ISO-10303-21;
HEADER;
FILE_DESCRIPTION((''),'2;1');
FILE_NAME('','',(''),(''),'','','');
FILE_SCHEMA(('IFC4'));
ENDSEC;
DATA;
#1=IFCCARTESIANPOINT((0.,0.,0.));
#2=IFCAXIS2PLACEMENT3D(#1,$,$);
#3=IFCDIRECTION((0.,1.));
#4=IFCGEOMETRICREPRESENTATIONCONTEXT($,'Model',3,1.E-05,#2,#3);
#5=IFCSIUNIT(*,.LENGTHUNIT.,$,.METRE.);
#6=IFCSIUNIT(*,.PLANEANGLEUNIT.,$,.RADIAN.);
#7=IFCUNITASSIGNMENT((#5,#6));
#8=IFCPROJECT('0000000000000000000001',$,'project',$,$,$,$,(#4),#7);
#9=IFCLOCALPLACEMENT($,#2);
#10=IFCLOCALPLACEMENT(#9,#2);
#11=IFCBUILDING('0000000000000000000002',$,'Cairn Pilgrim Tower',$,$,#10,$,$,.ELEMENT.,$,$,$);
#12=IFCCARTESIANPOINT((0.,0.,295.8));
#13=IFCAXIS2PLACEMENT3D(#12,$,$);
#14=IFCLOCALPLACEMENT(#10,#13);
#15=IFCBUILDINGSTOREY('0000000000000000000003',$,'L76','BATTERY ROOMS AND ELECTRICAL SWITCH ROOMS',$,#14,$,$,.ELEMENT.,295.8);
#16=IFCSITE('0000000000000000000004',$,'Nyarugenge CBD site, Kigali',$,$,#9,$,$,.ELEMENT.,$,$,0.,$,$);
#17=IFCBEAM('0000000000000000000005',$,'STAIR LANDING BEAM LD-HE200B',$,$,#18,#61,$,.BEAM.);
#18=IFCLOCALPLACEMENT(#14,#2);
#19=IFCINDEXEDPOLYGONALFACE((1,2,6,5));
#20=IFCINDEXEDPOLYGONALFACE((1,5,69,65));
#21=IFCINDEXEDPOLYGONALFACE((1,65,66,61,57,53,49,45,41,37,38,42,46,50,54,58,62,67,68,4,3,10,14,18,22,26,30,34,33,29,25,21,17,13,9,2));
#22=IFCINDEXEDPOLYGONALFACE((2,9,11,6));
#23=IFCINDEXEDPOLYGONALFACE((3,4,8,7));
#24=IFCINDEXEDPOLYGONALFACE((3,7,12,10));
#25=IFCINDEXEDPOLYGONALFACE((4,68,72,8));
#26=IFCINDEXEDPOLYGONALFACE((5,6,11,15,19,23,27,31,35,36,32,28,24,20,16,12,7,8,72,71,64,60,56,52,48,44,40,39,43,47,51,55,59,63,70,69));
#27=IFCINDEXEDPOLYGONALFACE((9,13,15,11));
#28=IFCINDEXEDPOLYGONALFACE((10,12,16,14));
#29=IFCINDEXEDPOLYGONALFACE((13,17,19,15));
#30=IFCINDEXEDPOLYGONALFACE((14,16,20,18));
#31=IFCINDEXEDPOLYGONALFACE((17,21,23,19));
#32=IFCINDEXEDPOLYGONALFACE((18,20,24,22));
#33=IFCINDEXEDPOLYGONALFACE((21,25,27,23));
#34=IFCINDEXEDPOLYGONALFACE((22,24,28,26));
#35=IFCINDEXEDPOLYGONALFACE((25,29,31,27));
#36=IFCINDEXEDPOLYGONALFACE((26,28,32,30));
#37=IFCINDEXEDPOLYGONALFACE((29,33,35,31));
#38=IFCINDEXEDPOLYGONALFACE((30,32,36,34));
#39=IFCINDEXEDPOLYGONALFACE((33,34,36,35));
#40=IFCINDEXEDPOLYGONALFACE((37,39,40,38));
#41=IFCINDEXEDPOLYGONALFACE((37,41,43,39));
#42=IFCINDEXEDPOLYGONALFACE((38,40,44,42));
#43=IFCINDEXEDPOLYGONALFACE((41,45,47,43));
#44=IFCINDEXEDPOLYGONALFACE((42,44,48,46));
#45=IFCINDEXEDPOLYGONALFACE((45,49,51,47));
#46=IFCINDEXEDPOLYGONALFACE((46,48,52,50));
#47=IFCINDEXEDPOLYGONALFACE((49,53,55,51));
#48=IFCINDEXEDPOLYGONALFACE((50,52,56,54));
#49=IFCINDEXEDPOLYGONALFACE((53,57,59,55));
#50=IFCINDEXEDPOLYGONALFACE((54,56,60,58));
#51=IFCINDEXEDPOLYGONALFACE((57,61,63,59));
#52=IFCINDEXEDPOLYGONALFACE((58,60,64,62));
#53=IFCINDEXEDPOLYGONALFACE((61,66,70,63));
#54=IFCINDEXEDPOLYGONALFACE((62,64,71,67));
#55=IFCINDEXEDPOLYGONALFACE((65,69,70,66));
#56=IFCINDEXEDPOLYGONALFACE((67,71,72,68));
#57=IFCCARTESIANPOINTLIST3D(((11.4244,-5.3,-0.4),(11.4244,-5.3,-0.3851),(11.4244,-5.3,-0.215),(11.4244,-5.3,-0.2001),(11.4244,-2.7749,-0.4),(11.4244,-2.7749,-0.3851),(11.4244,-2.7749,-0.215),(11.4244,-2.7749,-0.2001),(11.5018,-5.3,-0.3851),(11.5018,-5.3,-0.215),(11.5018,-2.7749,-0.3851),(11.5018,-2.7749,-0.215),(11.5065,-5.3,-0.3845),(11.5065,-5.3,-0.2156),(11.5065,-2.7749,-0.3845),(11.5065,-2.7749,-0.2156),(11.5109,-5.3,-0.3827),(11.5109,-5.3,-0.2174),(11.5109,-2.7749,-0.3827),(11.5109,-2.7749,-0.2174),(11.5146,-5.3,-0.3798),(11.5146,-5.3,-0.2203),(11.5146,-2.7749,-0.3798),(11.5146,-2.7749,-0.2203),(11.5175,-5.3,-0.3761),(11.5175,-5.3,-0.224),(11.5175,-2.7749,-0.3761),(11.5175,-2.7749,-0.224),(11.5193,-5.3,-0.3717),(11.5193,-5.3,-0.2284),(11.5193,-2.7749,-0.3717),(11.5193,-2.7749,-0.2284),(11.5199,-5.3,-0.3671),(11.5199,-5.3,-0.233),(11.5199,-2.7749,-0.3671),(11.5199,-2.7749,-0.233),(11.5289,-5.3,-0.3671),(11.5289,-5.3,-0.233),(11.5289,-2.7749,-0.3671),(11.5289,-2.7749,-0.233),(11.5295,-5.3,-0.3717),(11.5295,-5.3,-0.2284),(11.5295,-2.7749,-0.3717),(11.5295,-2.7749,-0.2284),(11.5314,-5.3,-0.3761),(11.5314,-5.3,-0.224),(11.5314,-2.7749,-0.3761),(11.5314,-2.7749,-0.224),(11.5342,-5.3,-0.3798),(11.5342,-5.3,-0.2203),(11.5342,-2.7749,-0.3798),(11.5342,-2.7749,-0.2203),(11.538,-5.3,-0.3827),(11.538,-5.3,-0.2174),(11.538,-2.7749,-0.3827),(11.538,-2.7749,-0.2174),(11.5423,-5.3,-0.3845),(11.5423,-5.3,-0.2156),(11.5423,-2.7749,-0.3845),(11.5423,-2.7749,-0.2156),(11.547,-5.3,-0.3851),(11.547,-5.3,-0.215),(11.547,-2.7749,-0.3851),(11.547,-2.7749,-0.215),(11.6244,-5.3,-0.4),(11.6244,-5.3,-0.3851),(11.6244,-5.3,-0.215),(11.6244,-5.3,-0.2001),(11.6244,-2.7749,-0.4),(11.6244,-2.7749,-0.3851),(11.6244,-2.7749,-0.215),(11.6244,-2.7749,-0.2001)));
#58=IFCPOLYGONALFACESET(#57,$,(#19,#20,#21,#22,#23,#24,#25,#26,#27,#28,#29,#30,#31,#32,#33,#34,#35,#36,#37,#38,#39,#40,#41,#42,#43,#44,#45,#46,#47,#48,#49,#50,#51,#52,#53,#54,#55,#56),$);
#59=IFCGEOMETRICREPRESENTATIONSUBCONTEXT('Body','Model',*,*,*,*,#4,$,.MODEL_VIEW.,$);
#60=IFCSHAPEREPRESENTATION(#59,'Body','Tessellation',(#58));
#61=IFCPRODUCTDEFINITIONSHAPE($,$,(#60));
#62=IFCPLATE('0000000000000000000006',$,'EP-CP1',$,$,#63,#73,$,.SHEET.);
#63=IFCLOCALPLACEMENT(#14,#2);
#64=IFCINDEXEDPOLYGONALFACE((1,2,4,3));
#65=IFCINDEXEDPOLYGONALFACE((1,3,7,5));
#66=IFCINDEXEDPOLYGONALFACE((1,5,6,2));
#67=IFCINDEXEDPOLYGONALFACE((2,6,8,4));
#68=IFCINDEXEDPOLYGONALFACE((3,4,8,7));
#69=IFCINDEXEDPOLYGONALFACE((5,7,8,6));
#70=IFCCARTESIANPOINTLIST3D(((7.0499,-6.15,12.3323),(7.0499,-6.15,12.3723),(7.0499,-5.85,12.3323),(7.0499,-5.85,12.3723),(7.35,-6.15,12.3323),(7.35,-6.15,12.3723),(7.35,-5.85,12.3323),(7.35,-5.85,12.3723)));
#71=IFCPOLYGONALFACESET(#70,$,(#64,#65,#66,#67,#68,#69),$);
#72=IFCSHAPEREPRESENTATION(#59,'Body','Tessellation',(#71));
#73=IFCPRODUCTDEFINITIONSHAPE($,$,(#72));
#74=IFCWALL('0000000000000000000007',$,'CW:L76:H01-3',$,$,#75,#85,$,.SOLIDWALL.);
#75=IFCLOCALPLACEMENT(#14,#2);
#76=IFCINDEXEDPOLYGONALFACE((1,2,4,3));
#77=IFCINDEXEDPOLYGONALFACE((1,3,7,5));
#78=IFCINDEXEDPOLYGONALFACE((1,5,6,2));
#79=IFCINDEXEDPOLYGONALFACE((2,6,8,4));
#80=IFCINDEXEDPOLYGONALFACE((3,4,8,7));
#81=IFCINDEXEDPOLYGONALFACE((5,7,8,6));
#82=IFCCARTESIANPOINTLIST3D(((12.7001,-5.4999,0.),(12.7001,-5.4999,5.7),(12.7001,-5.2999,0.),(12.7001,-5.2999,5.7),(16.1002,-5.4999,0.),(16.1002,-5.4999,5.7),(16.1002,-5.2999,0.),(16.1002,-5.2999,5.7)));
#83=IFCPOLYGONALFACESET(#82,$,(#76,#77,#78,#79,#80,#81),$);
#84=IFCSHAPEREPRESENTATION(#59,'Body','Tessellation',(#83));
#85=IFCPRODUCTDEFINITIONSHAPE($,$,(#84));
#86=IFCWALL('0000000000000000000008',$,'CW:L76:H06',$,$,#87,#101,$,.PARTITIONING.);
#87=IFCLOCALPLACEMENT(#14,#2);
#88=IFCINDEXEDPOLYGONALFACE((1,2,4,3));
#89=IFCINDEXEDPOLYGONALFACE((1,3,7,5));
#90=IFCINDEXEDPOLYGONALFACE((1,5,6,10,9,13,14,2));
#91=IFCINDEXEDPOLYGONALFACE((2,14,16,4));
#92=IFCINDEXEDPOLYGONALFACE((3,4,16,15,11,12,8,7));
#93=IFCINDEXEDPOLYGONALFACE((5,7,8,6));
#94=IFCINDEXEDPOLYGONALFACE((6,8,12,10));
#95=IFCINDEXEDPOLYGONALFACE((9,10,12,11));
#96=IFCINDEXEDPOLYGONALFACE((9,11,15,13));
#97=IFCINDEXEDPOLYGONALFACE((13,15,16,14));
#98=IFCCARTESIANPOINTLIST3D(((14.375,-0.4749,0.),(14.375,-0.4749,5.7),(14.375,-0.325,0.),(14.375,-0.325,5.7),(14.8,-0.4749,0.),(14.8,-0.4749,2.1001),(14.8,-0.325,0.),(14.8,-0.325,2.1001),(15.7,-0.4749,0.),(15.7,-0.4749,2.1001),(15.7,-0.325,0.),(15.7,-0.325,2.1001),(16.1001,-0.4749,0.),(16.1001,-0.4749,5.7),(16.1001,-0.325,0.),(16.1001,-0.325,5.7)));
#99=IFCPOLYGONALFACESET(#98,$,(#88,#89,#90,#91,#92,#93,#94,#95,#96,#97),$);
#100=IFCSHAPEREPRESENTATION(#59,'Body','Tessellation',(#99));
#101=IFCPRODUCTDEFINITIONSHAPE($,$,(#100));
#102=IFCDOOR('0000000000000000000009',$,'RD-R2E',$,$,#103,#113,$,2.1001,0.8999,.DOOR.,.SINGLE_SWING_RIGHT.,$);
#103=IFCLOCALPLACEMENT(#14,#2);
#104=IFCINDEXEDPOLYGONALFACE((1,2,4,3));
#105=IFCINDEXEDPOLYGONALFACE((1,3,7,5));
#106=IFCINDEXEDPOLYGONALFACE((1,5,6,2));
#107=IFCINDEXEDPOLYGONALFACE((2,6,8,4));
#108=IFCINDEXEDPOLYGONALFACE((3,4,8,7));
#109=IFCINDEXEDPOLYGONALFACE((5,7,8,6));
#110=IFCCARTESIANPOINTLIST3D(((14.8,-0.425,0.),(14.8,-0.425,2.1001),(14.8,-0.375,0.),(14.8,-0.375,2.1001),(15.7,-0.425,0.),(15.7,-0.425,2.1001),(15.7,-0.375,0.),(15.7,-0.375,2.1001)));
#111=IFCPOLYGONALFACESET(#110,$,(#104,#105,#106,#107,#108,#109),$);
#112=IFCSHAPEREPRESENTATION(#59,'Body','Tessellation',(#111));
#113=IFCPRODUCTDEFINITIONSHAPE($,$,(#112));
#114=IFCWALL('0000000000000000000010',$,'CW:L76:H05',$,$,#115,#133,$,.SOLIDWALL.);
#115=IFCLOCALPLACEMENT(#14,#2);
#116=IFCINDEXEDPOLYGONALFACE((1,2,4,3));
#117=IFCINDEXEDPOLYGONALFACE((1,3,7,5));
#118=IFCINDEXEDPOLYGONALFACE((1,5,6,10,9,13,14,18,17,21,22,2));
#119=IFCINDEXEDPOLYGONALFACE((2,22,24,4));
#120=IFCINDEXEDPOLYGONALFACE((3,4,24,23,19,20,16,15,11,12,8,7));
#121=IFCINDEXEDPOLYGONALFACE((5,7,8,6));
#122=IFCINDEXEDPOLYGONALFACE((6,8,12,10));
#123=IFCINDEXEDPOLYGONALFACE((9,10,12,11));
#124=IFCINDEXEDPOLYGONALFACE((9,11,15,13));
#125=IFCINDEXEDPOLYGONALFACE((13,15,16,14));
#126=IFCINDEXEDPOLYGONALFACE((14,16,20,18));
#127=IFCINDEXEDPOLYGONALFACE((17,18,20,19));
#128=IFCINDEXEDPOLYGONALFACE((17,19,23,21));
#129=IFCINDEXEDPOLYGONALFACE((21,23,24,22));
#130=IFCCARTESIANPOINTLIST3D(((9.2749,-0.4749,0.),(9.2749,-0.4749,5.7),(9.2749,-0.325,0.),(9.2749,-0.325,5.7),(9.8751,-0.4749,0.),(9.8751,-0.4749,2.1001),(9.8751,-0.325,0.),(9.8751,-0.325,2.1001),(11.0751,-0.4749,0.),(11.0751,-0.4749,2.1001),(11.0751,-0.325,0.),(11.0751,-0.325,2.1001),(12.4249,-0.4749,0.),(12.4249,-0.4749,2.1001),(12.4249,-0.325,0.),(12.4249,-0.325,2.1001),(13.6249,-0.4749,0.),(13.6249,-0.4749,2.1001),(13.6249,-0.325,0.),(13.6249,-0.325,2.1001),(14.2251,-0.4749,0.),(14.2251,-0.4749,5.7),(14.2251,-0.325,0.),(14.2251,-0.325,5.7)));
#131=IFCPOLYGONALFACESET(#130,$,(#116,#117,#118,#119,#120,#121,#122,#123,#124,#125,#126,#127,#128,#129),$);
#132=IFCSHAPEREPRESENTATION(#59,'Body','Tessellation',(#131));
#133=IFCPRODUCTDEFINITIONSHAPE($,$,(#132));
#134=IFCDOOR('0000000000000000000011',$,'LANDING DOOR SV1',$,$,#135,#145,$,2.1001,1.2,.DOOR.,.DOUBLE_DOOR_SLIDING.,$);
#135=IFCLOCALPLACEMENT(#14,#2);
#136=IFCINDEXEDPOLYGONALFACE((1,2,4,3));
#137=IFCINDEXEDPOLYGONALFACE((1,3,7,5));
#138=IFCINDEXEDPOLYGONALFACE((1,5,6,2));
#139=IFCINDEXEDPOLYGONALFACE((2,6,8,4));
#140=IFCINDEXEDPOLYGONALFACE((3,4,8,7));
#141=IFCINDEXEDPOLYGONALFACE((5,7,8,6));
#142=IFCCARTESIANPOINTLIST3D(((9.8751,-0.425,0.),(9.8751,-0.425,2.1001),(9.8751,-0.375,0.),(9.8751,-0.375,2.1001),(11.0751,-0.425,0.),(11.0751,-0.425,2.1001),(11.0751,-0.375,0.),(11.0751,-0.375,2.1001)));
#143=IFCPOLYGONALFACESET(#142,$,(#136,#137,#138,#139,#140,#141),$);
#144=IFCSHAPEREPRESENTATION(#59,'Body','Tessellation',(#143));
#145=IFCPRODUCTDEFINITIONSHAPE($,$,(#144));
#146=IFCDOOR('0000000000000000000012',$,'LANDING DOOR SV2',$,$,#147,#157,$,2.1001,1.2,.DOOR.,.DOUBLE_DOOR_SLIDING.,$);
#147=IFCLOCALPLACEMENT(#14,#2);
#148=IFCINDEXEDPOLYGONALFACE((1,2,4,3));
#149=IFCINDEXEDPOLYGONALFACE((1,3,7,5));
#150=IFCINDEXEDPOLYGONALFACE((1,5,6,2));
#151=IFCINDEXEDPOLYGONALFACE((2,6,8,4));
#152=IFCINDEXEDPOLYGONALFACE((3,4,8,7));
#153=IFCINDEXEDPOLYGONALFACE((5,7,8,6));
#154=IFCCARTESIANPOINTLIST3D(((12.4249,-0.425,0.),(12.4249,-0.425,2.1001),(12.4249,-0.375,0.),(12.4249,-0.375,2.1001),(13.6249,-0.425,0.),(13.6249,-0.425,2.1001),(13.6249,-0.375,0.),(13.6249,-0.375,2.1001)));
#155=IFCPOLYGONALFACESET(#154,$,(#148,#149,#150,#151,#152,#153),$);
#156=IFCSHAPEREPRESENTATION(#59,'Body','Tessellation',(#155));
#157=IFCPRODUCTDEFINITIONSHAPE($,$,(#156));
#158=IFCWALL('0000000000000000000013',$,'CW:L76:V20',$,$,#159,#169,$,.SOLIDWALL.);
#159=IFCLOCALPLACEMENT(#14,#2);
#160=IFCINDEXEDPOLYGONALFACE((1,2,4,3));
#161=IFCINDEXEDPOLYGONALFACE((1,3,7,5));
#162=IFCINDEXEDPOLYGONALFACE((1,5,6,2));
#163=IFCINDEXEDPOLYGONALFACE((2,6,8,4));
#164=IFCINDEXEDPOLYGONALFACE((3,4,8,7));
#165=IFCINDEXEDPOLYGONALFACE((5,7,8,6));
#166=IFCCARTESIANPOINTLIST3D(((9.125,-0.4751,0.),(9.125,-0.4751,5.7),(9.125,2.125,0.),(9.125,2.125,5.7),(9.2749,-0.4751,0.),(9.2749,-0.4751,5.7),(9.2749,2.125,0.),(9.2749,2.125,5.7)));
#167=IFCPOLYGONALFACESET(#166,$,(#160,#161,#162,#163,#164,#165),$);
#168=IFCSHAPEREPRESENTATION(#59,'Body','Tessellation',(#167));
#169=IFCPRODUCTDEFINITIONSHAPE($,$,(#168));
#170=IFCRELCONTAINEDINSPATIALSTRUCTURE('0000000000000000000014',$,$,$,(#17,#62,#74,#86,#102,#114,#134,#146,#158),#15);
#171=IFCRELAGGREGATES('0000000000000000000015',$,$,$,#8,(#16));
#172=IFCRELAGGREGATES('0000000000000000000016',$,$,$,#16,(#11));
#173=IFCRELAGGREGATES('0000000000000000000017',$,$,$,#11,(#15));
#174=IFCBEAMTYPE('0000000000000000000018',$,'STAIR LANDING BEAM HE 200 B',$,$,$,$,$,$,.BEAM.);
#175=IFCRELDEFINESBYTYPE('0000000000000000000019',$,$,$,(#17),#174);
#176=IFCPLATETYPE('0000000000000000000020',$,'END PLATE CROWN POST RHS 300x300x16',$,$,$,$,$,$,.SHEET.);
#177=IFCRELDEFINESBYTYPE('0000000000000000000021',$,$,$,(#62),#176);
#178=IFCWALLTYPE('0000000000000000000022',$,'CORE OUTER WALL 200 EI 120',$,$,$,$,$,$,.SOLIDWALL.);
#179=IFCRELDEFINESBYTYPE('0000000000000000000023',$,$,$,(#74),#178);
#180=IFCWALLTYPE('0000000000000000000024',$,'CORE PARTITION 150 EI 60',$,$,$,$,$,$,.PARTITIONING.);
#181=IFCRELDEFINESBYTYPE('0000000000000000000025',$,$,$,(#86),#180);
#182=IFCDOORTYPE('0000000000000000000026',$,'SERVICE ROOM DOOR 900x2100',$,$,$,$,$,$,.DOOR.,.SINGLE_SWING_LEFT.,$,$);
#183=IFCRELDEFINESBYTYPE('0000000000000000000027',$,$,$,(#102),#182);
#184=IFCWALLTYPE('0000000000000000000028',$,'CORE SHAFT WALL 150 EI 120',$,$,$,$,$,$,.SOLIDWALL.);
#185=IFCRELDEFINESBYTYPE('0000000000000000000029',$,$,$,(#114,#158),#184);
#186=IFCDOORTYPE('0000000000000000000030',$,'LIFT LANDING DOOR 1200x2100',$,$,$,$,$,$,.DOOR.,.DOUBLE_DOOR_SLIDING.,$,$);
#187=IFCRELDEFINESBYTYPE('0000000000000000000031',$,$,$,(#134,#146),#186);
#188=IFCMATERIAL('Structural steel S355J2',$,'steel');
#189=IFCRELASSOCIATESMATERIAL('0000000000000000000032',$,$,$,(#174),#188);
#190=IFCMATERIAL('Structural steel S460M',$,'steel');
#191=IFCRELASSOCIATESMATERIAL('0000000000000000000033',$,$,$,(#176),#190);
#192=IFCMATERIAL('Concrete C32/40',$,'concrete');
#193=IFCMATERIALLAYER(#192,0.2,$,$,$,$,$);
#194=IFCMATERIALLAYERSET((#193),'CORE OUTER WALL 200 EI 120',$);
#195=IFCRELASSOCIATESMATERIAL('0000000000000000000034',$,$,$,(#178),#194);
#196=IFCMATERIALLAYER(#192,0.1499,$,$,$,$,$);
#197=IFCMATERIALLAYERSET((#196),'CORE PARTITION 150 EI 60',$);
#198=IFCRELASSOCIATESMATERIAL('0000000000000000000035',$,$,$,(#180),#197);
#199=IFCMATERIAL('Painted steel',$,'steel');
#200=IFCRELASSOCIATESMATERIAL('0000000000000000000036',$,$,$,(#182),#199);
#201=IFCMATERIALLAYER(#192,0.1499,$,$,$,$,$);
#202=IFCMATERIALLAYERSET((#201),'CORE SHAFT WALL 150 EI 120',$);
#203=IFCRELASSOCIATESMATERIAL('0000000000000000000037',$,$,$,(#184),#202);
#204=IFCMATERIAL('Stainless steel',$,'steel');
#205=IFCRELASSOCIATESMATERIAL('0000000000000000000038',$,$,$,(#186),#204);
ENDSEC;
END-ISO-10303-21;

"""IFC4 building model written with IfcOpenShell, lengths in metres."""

from ifc_helpers import new_model, si_unit, direction, frame, frame_2d, origin, origin_2d, place, context, subcontext, project, spatial, rectangle, i_section, extrude, material, layer, layer_set, material_profile, profile_set, type_object, element, fill, save


model = new_model("IFC4")

# Units and contexts
model_context = context("Model", 3, precision=1e-05, world=origin(), true_north=direction((0.0, 1.0)))
body_context = subcontext(model_context, "Body", "Model", "MODEL_VIEW")
ifc_project = project(units=[si_unit("LENGTHUNIT", "METRE"), si_unit("PLANEANGLEUNIT", "RADIAN")], contexts=[model_context])

# Site, building, storey
site_placement = place(None, origin())
site = spatial("IfcSite", under=ifc_project, at=site_placement, Name="Nyarugenge CBD site, Kigali", CompositionType="ELEMENT", RefElevation=0.0)
building_placement = place(site_placement, origin())
building = spatial("IfcBuilding", under=site, at=building_placement, Name="Cairn Pilgrim Tower", CompositionType="ELEMENT")
storey_placement = place(building_placement, frame((0.0, 0.0, 295.8)))
storey = spatial("IfcBuildingStorey", under=building, at=storey_placement, Name="L76", Description="BATTERY ROOMS AND ELECTRICAL SWITCH ROOMS", CompositionType="ELEMENT", Elevation=295.8)

# Shared definitions
ifc_material_1 = material(Name="Structural steel S460M", Category="steel")
ifc_material_2 = material(Name="Structural steel S355J2", Category="steel")

# Beam
ifc_material_profile_1 = material_profile(ifc_material_2, i_section(OverallWidth=0.2, OverallDepth=0.2, WebThickness=0.009, FlangeThickness=0.0149, FilletRadius=0.0181, at=origin_2d()), Name="HE 200 B")
ifc_profile_set_1 = profile_set([ifc_material_profile_1], Name="Structural steel S355J2")
beam_type_1 = type_object("IfcBeamType", Name="STAIR LANDING BEAM HE 200 B", PredefinedType="BEAM", material=ifc_profile_set_1)
beam_1_placement = place(storey_placement, frame((11.5244, -2.7749, -0.3), z_axis=(0.0, -1.0, 0.0), x_axis=(1.0, 0.0, 0.0)))
element("IfcBeam", 1, at=beam_1_placement, inside=storey, type_object=beam_type_1, Name="STAIR LANDING BEAM LD-HE200B", PredefinedType="BEAM", context=body_context, shape_type="SweptSolid", body=[
    extrude(i_section(OverallWidth=0.2, OverallDepth=0.2, WebThickness=0.009, FlangeThickness=0.0149, FilletRadius=0.0181, at=origin_2d()), origin(), (0.0, 0.0, 1.0), 2.5251),
])

# Plate
ifc_material_profile_2 = material_profile(ifc_material_1, rectangle(XDim=0.3, YDim=0.3, at=origin_2d()), Name="END PLATE CROWN POST RHS 300x300x16")
ifc_profile_set_2 = profile_set([ifc_material_profile_2], Name="Structural steel S460M")
plate_type = type_object("IfcPlateType", Name="END PLATE CROWN POST RHS 300x300x16", PredefinedType="SHEET", material=ifc_profile_set_2)
plate_placement = place(storey_placement, frame((7.2, -6.0, 12.3323), z_axis=(0.0, 0.0, 1.0), x_axis=(1.0, 0.0, 0.0)))
element("IfcPlate", 2, at=plate_placement, inside=storey, type_object=plate_type, Name="EP-CP1", PredefinedType="SHEET", context=body_context, shape_type="SweptSolid", body=[
    extrude(rectangle(XDim=0.3, YDim=0.3, at=origin_2d()), origin(), (0.0, 0.0, 1.0), 0.04),
])

# Wall
ifc_material_3 = material(Name="Concrete C32/40", Category="concrete")
ifc_layer_1 = layer(ifc_material_3, 0.2)
ifc_layer_set_1 = layer_set([ifc_layer_1], Name="CORE OUTER WALL 200 EI 120")
wall_type_1 = type_object("IfcWallType", Name="CORE OUTER WALL 200 EI 120", PredefinedType="SOLIDWALL", material=ifc_layer_set_1)
wall_1_placement = place(storey_placement, frame((12.7, -5.3999, 0.0), z_axis=(0.0, 0.0, 1.0), x_axis=(1.0, 0.0, 0.0)))
element("IfcWall", 3, at=wall_1_placement, inside=storey, type_object=wall_type_1, Name="CW:L76:H01-3", PredefinedType="SOLIDWALL", context=body_context, shape_type="SweptSolid", body=[
    extrude(rectangle(XDim=3.4001, YDim=0.2, at=frame_2d((1.7002, 0.0))), origin(), (0.0, 0.0, 1.0), 5.7),
])

# Wall, opening, door
ifc_layer_2 = layer(ifc_material_3, 0.1499)
ifc_layer_set_2 = layer_set([ifc_layer_2], Name="CORE PARTITION 150 EI 60")
wall_type_2 = type_object("IfcWallType", Name="CORE PARTITION 150 EI 60", PredefinedType="PARTITIONING", material=ifc_layer_set_2)
wall_2_placement = place(storey_placement, frame((14.375, -0.3999, 0.0), z_axis=(0.0, 0.0, 1.0), x_axis=(1.0, 0.0, 0.0)))
wall_2 = element("IfcWall", 4, at=wall_2_placement, inside=storey, type_object=wall_type_2, Name="CW:L76:H06", PredefinedType="PARTITIONING", context=body_context, shape_type="SweptSolid", body=[
    extrude(rectangle(XDim=1.7251, YDim=0.1499, at=frame_2d((0.8625, 0.0))), origin(), (0.0, 0.0, 1.0), 5.7),
])
opening_1_placement = place(wall_2_placement, frame((0.425, 0.0, 0.0)))
opening_1 = element("IfcOpeningElement", 5, at=opening_1_placement, cuts=wall_2, PredefinedType="OPENING", context=body_context, shape_type="SweptSolid", body=[
    extrude(rectangle(XDim=0.8999, YDim=2.1001, at=frame_2d((0.45, 1.05))), frame((0.0, 0.085, 0.0), z_axis=(0.0, -1.0, 0.0), x_axis=(1.0, 0.0, 0.0)), (0.0, 0.0, 1.0), 0.1699),
])
ifc_material_4 = material(Name="Painted steel", Category="steel")
door_type_1 = type_object("IfcDoorType", Name="SERVICE ROOM DOOR 900x2100", OperationType="SINGLE_SWING_LEFT", PredefinedType="DOOR", material=ifc_material_4)
door_1_placement = place(opening_1_placement, origin())
door_1 = element("IfcDoor", 6, at=door_1_placement, inside=storey, type_object=door_type_1, Name="RD-R2E", OperationType="SINGLE_SWING_RIGHT", OverallHeight=2.1001, OverallWidth=0.8999, PredefinedType="DOOR", context=body_context, shape_type="SweptSolid", body=[
    extrude(rectangle(XDim=0.8999, YDim=2.1001, at=frame_2d((0.45, 1.05))), frame((0.0, 0.0249, 0.0), z_axis=(0.0, -1.0, 0.0), x_axis=(1.0, 0.0, 0.0)), (0.0, 0.0, 1.0), 0.05),
])
fill(opening_1, door_1)

# Wall, openings, doors
ifc_layer_3 = layer(ifc_material_3, 0.1499)
ifc_layer_set_3 = layer_set([ifc_layer_3], Name="CORE SHAFT WALL 150 EI 120")
wall_type_3 = type_object("IfcWallType", Name="CORE SHAFT WALL 150 EI 120", PredefinedType="SOLIDWALL", material=ifc_layer_set_3)
wall_3_placement = place(storey_placement, frame((9.2749, -0.3999, 0.0), z_axis=(0.0, 0.0, 1.0), x_axis=(1.0, 0.0, 0.0)))
wall_3 = element("IfcWall", 7, at=wall_3_placement, inside=storey, type_object=wall_type_3, Name="CW:L76:H05", PredefinedType="SOLIDWALL", context=body_context, shape_type="SweptSolid", body=[
    extrude(rectangle(XDim=4.9502, YDim=0.1499, at=frame_2d((2.4751, 0.0))), origin(), (0.0, 0.0, 1.0), 5.7),
])
opening_2_placement = place(wall_3_placement, frame((0.6001, 0.0, 0.0)))
opening_2 = element("IfcOpeningElement", 8, at=opening_2_placement, cuts=wall_3, PredefinedType="OPENING", context=body_context, shape_type="SweptSolid", body=[
    extrude(rectangle(XDim=1.2, YDim=2.1001, at=frame_2d((0.6001, 1.05))), frame((0.0, 0.085, 0.0), z_axis=(0.0, -1.0, 0.0), x_axis=(1.0, 0.0, 0.0)), (0.0, 0.0, 1.0), 0.1699),
])
opening_3_placement = place(wall_3_placement, frame((3.1499, 0.0, 0.0)))
opening_3 = element("IfcOpeningElement", 9, at=opening_3_placement, cuts=wall_3, PredefinedType="OPENING", context=body_context, shape_type="SweptSolid", body=[
    extrude(rectangle(XDim=1.2, YDim=2.1001, at=frame_2d((0.6001, 1.05))), frame((0.0, 0.085, 0.0), z_axis=(0.0, -1.0, 0.0), x_axis=(1.0, 0.0, 0.0)), (0.0, 0.0, 1.0), 0.1699),
])
ifc_material_5 = material(Name="Stainless steel", Category="steel")
door_type_2 = type_object("IfcDoorType", Name="LIFT LANDING DOOR 1200x2100", OperationType="DOUBLE_DOOR_SLIDING", PredefinedType="DOOR", material=ifc_material_5)
door_2_placement = place(opening_2_placement, origin())
door_2 = element("IfcDoor", 10, at=door_2_placement, inside=storey, type_object=door_type_2, Name="LANDING DOOR SV1", OperationType="DOUBLE_DOOR_SLIDING", OverallHeight=2.1001, OverallWidth=1.2, PredefinedType="DOOR", context=body_context, shape_type="SweptSolid", body=[
    extrude(rectangle(XDim=1.2, YDim=2.1001, at=frame_2d((0.6001, 1.05))), frame((0.0, 0.0249, 0.0), z_axis=(0.0, -1.0, 0.0), x_axis=(1.0, 0.0, 0.0)), (0.0, 0.0, 1.0), 0.05),
])
fill(opening_2, door_2)
door_3_placement = place(opening_3_placement, origin())
door_3 = element("IfcDoor", 11, at=door_3_placement, inside=storey, type_object=door_type_2, Name="LANDING DOOR SV2", OperationType="DOUBLE_DOOR_SLIDING", OverallHeight=2.1001, OverallWidth=1.2, PredefinedType="DOOR", context=body_context, shape_type="SweptSolid", body=[
    extrude(rectangle(XDim=1.2, YDim=2.1001, at=frame_2d((0.6001, 1.05))), frame((0.0, 0.0249, 0.0), z_axis=(0.0, -1.0, 0.0), x_axis=(1.0, 0.0, 0.0)), (0.0, 0.0, 1.0), 0.05),
])
fill(opening_3, door_3)

# Wall
wall_4_placement = place(storey_placement, frame((9.2, -0.4751, 0.0), z_axis=(0.0, 0.0, 1.0), x_axis=(0.0, 1.0, 0.0)))
element("IfcWall", 12, at=wall_4_placement, inside=storey, type_object=wall_type_3, Name="CW:L76:V20", PredefinedType="SOLIDWALL", context=body_context, shape_type="SweptSolid", body=[
    extrude(rectangle(XDim=2.6001, YDim=0.1499, at=frame_2d((1.3, 0.0))), origin(), (0.0, 0.0, 1.0), 5.7),
])

save(model, "model.ifc")
